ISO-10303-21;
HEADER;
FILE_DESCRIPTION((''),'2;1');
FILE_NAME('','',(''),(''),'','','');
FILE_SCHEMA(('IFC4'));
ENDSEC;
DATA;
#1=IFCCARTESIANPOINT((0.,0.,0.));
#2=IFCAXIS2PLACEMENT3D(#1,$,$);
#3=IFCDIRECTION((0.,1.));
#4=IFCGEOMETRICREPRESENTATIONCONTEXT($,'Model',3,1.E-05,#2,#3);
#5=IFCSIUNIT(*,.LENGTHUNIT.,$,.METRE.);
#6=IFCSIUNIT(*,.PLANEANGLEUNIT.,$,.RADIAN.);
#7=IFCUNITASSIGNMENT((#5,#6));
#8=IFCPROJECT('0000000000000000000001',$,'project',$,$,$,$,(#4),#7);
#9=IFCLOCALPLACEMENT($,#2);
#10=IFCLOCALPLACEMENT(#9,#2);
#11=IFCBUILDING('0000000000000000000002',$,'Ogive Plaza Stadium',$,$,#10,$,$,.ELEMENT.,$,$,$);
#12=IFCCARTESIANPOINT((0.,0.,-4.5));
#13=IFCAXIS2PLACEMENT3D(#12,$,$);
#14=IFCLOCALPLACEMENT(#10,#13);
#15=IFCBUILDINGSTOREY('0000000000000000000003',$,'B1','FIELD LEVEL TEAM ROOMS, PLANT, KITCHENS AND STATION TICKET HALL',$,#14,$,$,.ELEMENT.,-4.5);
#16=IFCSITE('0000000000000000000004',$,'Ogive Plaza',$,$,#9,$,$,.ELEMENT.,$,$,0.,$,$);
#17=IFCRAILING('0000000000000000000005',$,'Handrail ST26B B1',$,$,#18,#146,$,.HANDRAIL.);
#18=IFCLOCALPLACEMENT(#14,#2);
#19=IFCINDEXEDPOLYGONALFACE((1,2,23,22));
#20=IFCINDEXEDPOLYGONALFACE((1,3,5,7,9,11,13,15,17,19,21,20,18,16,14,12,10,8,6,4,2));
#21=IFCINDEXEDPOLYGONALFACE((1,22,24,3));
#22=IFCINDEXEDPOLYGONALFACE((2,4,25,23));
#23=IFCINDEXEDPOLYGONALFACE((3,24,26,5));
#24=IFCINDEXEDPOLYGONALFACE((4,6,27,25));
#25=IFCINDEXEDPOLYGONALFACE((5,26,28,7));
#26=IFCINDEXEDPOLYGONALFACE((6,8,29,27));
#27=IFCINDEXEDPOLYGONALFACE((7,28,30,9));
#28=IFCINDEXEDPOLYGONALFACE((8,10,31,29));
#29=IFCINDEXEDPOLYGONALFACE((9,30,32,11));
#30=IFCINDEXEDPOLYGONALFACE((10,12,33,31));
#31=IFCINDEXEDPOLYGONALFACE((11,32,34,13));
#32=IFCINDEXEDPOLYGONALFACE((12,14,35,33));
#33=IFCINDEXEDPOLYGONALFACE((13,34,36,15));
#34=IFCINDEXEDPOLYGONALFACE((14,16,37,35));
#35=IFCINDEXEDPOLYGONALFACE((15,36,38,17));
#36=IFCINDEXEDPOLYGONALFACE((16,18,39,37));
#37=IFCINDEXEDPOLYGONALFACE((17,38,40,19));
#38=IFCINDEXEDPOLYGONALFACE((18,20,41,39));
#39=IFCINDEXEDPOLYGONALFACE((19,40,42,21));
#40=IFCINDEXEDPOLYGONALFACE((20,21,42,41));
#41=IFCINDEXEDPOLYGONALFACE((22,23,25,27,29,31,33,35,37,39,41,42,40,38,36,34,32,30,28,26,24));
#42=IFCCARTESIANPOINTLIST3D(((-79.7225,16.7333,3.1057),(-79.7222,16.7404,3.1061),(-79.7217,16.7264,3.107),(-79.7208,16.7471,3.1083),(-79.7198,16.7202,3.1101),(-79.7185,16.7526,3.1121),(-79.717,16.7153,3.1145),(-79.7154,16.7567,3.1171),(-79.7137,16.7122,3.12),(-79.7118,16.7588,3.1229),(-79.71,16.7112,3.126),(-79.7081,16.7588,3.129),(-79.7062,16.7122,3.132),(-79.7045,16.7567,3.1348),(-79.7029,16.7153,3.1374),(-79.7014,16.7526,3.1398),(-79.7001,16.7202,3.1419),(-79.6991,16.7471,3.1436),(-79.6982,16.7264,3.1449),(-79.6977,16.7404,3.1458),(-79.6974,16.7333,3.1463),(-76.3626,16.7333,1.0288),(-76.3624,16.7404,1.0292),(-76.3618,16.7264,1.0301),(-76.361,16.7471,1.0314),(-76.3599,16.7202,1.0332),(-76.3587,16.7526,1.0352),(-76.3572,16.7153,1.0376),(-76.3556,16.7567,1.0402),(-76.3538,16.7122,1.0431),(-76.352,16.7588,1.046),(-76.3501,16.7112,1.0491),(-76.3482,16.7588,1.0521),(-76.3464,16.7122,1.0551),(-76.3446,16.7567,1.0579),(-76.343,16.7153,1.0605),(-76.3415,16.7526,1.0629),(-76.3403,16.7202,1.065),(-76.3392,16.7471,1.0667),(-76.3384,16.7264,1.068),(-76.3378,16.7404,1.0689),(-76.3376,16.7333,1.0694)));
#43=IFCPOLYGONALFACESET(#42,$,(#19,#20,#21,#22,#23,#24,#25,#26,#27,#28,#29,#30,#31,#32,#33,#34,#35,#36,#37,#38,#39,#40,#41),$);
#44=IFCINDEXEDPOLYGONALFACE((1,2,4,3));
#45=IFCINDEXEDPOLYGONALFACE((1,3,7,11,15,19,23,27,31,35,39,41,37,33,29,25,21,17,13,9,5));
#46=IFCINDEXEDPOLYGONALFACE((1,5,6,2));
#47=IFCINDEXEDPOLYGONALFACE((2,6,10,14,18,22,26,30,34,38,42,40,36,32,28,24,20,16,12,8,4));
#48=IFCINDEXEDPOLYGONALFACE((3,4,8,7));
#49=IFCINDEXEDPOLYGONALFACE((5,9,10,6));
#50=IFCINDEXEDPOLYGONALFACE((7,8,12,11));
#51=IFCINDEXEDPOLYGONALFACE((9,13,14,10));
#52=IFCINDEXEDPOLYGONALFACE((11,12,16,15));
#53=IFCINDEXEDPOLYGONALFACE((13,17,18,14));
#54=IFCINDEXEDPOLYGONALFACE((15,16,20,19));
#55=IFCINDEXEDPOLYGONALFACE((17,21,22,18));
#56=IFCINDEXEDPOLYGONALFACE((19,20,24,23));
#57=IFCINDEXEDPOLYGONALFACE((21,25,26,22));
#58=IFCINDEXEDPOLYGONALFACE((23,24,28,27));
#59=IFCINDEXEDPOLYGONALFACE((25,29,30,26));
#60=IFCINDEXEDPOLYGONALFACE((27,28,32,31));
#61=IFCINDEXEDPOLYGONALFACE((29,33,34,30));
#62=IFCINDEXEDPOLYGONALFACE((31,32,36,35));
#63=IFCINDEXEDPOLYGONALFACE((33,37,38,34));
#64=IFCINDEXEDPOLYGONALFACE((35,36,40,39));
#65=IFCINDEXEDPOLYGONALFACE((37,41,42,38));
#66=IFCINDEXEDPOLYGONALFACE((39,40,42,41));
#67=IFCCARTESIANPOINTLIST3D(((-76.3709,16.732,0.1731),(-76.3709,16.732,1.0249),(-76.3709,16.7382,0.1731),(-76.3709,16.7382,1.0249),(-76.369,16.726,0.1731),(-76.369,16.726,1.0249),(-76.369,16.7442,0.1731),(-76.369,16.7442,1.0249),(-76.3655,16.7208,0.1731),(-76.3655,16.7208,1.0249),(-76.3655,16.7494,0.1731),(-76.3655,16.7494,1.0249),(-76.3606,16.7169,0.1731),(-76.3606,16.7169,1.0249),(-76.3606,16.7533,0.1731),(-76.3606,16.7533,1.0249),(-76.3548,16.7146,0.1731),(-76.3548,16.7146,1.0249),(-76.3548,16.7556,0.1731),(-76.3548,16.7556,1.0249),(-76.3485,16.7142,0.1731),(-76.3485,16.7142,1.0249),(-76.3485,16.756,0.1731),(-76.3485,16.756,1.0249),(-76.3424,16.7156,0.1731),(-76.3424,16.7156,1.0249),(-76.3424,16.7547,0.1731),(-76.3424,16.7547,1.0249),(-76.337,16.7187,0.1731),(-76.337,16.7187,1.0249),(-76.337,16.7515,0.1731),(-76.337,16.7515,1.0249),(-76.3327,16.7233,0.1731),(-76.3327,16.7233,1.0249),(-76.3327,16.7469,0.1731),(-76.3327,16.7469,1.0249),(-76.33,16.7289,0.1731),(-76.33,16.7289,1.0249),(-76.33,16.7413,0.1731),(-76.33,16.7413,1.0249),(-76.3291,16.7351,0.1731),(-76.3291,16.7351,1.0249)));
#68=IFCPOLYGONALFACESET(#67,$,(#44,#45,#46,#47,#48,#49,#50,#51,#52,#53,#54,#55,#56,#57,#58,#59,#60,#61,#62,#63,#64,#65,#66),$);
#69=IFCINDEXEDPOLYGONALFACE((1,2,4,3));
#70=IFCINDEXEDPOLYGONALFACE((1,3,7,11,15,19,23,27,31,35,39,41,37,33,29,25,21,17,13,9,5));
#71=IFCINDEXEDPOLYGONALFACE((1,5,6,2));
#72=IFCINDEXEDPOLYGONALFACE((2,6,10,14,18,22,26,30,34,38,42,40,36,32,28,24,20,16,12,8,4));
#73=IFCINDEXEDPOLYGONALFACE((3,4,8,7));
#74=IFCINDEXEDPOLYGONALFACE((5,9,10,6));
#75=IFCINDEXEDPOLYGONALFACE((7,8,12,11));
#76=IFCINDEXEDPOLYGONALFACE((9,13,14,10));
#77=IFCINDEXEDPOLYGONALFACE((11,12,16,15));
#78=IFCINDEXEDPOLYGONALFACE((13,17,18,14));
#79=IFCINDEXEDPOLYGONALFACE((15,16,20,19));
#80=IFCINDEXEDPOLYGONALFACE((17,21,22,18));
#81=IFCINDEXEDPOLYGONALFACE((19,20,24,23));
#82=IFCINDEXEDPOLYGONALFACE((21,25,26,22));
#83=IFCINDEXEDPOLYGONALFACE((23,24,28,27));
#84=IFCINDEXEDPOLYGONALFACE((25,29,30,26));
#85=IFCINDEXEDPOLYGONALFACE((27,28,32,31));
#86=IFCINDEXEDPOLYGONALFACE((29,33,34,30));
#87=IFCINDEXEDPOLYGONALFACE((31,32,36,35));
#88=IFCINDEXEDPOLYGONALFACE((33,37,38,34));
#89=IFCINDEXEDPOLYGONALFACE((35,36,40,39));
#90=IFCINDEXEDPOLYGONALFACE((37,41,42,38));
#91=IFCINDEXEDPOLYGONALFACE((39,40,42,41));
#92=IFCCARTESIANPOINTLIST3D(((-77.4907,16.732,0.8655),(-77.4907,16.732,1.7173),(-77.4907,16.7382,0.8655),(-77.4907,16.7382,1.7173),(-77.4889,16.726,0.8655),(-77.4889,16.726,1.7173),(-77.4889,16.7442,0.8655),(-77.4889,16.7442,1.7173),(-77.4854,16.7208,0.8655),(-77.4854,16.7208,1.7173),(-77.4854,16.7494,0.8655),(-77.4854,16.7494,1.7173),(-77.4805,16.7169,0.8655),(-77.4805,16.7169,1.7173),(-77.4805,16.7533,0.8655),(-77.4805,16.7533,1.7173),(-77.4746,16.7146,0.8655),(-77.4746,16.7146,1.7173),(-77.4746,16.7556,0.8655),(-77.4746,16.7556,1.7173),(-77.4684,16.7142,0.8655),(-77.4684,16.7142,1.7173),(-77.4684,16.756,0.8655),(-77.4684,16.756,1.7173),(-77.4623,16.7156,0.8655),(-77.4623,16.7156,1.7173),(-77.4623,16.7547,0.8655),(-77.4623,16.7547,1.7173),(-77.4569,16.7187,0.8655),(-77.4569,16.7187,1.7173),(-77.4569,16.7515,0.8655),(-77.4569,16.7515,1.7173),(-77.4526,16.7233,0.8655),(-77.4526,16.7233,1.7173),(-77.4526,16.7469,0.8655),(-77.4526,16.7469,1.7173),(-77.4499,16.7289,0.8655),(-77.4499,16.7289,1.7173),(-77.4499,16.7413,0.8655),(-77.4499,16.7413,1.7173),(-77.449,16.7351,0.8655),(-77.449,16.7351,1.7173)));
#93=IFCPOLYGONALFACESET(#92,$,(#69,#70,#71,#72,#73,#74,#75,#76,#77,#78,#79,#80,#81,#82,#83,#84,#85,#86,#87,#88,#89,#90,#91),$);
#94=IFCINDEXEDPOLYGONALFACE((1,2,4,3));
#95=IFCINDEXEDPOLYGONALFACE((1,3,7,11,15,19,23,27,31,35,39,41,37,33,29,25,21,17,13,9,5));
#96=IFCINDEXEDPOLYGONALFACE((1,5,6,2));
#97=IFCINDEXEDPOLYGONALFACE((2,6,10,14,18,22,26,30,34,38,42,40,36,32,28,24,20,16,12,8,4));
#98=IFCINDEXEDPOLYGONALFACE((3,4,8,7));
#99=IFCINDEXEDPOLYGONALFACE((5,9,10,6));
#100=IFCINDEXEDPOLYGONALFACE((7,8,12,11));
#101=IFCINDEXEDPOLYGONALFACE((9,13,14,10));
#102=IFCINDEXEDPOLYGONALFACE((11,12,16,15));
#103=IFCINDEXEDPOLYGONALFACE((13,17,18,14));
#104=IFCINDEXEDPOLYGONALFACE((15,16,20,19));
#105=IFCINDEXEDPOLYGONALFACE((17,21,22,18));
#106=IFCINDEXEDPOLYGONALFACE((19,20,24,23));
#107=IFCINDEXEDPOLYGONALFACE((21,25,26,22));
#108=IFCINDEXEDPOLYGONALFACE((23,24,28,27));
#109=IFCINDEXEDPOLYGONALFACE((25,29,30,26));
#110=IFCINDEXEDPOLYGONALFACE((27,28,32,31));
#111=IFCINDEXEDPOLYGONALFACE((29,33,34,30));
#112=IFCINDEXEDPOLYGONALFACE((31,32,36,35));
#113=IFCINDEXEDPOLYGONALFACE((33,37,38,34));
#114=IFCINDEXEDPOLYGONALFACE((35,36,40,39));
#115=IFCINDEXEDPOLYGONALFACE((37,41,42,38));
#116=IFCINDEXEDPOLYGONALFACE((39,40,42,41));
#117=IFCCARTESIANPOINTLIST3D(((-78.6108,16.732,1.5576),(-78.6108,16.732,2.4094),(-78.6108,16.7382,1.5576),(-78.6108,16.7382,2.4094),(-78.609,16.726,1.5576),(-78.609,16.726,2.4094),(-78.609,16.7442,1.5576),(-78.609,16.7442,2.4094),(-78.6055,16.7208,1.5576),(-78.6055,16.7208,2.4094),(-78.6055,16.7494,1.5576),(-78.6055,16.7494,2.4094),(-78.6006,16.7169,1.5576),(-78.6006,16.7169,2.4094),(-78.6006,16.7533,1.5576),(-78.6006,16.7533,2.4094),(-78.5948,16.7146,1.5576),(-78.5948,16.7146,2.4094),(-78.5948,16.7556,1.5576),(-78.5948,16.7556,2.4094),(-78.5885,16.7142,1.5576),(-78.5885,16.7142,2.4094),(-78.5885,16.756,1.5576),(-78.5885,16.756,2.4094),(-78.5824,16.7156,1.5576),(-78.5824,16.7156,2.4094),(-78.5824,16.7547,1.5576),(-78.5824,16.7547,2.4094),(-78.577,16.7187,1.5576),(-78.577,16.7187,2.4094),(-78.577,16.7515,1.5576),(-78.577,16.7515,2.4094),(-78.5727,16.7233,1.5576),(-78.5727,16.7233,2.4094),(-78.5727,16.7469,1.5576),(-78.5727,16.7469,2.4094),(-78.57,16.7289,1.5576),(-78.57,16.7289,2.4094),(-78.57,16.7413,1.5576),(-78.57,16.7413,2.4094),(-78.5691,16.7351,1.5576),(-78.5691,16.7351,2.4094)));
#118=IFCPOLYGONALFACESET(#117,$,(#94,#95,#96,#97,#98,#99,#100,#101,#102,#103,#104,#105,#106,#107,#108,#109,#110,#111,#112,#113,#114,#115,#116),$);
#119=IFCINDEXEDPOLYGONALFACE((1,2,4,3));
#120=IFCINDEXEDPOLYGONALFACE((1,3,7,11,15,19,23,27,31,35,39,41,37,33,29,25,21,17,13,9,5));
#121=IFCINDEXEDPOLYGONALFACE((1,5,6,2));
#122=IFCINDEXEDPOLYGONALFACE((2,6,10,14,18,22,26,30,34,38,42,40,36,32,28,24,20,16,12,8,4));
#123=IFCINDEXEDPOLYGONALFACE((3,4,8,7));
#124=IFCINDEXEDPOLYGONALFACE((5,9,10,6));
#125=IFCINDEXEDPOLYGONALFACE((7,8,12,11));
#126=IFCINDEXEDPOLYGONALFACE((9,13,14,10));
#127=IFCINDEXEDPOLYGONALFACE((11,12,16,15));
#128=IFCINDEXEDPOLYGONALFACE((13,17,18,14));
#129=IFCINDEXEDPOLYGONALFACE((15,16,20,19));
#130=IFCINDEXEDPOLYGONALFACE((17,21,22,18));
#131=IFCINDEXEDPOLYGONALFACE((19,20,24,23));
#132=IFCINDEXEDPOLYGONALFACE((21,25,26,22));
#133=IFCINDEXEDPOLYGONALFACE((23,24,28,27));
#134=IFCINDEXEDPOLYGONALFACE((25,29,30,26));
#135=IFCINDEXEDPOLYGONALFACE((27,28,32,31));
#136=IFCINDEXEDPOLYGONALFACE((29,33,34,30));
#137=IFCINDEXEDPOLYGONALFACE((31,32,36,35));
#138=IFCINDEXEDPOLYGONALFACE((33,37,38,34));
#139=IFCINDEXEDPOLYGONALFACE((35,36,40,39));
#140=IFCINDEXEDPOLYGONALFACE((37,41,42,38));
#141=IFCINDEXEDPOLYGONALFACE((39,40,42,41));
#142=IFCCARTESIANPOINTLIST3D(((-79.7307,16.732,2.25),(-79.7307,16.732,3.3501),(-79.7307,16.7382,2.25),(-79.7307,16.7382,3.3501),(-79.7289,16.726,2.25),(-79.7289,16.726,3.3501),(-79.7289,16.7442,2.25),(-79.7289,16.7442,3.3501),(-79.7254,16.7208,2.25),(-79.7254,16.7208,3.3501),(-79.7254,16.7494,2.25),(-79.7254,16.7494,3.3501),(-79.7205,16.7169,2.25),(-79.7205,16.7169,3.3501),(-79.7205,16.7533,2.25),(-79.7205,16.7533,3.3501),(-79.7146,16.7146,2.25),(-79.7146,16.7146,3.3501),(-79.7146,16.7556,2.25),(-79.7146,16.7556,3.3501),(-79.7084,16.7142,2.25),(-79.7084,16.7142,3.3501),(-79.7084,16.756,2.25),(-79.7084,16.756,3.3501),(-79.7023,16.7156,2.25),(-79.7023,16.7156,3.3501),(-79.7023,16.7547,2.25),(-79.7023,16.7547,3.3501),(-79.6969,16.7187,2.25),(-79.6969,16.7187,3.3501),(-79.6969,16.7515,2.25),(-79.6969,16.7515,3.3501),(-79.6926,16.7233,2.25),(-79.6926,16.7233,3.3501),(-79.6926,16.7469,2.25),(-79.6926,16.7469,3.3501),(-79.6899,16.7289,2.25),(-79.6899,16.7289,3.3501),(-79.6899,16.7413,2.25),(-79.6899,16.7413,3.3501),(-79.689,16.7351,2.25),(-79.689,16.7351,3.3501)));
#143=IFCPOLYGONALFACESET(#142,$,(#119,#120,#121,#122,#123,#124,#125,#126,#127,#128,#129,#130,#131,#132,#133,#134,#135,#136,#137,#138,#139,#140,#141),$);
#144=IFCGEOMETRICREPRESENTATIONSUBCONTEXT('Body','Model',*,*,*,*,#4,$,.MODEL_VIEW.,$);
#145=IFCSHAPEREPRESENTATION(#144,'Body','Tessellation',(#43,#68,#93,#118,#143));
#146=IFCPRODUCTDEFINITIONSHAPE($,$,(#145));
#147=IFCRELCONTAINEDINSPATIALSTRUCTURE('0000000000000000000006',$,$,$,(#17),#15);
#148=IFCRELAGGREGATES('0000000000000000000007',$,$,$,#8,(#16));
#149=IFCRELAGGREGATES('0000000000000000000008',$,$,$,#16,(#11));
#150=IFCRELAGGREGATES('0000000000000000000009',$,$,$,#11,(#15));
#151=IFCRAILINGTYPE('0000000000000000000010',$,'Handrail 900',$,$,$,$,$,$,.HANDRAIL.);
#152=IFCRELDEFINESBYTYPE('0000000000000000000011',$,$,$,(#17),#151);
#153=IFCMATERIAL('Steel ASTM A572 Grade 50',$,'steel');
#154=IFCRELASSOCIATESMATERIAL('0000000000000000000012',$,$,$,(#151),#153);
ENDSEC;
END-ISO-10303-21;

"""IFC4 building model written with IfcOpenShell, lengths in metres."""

from ifc_helpers import new_model, si_unit, direction, frame, origin, origin_2d, place, context, subcontext, project, spatial, circle, extrude, material, type_object, element, save


model = new_model("IFC4")

# Units and contexts
model_context = context("Model", 3, precision=1e-05, world=origin(), true_north=direction((0.0, 1.0)))
body_context = subcontext(model_context, "Body", "Model", "MODEL_VIEW")
ifc_project = project(units=[si_unit("LENGTHUNIT", "METRE"), si_unit("PLANEANGLEUNIT", "RADIAN")], contexts=[model_context])

# Site, building, storey
site_placement = place(None, origin())
site = spatial("IfcSite", under=ifc_project, at=site_placement, Name="Ogive Plaza", CompositionType="ELEMENT", RefElevation=0.0)
building_placement = place(site_placement, origin())
building = spatial("IfcBuilding", under=site, at=building_placement, Name="Ogive Plaza Stadium", CompositionType="ELEMENT")
storey_placement = place(building_placement, frame((0.0, 0.0, -4.5)))
storey = spatial("IfcBuildingStorey", under=building, at=storey_placement, Name="B1", Description="FIELD LEVEL TEAM ROOMS, PLANT, KITCHENS AND STATION TICKET HALL", CompositionType="ELEMENT", Elevation=-4.5)

# Railing
ifc_material_1 = material(Name="Steel ASTM A572 Grade 50", Category="steel")
railing_type_1 = type_object("IfcRailingType", Name="Handrail 900", PredefinedType="HANDRAIL", material=ifc_material_1)
for number, where, name in (
    (1, (-76.3501, 16.7351, 0.1731), "Handrail ST26B B1"),
):
    element("IfcRailing", number, at=place(storey_placement, frame(where)), inside=storey, type_object=railing_type_1, Name=name, PredefinedType="HANDRAIL", context=body_context, shape_type="SweptSolid", body=[
        extrude(circle(Radius=0.0239, at=origin_2d()), frame((0.0, 0.0, 0.876), z_axis=(-0.850606, 0.0, 0.525803), x_axis=(0.0, -1.0, 0.0)), (0.0, 0.0, 1.0), 3.95),
        extrude(circle(Radius=0.021, at=origin_2d()), origin(), (0.0, 0.0, 1.0), 0.8518),
        extrude(circle(Radius=0.021, at=origin_2d()), frame((-1.1199, 0.0, 0.6924)), (0.0, 0.0, 1.0), 0.8518),
        extrude(circle(Radius=0.021, at=origin_2d()), frame((-2.24, 0.0, 1.3845)), (0.0, 0.0, 1.0), 0.8518),
        extrude(circle(Radius=0.021, at=origin_2d()), frame((-3.3599, 0.0, 2.0769)), (0.0, 0.0, 1.0), 1.1001),
    ])

save(model, "model.ifc")
